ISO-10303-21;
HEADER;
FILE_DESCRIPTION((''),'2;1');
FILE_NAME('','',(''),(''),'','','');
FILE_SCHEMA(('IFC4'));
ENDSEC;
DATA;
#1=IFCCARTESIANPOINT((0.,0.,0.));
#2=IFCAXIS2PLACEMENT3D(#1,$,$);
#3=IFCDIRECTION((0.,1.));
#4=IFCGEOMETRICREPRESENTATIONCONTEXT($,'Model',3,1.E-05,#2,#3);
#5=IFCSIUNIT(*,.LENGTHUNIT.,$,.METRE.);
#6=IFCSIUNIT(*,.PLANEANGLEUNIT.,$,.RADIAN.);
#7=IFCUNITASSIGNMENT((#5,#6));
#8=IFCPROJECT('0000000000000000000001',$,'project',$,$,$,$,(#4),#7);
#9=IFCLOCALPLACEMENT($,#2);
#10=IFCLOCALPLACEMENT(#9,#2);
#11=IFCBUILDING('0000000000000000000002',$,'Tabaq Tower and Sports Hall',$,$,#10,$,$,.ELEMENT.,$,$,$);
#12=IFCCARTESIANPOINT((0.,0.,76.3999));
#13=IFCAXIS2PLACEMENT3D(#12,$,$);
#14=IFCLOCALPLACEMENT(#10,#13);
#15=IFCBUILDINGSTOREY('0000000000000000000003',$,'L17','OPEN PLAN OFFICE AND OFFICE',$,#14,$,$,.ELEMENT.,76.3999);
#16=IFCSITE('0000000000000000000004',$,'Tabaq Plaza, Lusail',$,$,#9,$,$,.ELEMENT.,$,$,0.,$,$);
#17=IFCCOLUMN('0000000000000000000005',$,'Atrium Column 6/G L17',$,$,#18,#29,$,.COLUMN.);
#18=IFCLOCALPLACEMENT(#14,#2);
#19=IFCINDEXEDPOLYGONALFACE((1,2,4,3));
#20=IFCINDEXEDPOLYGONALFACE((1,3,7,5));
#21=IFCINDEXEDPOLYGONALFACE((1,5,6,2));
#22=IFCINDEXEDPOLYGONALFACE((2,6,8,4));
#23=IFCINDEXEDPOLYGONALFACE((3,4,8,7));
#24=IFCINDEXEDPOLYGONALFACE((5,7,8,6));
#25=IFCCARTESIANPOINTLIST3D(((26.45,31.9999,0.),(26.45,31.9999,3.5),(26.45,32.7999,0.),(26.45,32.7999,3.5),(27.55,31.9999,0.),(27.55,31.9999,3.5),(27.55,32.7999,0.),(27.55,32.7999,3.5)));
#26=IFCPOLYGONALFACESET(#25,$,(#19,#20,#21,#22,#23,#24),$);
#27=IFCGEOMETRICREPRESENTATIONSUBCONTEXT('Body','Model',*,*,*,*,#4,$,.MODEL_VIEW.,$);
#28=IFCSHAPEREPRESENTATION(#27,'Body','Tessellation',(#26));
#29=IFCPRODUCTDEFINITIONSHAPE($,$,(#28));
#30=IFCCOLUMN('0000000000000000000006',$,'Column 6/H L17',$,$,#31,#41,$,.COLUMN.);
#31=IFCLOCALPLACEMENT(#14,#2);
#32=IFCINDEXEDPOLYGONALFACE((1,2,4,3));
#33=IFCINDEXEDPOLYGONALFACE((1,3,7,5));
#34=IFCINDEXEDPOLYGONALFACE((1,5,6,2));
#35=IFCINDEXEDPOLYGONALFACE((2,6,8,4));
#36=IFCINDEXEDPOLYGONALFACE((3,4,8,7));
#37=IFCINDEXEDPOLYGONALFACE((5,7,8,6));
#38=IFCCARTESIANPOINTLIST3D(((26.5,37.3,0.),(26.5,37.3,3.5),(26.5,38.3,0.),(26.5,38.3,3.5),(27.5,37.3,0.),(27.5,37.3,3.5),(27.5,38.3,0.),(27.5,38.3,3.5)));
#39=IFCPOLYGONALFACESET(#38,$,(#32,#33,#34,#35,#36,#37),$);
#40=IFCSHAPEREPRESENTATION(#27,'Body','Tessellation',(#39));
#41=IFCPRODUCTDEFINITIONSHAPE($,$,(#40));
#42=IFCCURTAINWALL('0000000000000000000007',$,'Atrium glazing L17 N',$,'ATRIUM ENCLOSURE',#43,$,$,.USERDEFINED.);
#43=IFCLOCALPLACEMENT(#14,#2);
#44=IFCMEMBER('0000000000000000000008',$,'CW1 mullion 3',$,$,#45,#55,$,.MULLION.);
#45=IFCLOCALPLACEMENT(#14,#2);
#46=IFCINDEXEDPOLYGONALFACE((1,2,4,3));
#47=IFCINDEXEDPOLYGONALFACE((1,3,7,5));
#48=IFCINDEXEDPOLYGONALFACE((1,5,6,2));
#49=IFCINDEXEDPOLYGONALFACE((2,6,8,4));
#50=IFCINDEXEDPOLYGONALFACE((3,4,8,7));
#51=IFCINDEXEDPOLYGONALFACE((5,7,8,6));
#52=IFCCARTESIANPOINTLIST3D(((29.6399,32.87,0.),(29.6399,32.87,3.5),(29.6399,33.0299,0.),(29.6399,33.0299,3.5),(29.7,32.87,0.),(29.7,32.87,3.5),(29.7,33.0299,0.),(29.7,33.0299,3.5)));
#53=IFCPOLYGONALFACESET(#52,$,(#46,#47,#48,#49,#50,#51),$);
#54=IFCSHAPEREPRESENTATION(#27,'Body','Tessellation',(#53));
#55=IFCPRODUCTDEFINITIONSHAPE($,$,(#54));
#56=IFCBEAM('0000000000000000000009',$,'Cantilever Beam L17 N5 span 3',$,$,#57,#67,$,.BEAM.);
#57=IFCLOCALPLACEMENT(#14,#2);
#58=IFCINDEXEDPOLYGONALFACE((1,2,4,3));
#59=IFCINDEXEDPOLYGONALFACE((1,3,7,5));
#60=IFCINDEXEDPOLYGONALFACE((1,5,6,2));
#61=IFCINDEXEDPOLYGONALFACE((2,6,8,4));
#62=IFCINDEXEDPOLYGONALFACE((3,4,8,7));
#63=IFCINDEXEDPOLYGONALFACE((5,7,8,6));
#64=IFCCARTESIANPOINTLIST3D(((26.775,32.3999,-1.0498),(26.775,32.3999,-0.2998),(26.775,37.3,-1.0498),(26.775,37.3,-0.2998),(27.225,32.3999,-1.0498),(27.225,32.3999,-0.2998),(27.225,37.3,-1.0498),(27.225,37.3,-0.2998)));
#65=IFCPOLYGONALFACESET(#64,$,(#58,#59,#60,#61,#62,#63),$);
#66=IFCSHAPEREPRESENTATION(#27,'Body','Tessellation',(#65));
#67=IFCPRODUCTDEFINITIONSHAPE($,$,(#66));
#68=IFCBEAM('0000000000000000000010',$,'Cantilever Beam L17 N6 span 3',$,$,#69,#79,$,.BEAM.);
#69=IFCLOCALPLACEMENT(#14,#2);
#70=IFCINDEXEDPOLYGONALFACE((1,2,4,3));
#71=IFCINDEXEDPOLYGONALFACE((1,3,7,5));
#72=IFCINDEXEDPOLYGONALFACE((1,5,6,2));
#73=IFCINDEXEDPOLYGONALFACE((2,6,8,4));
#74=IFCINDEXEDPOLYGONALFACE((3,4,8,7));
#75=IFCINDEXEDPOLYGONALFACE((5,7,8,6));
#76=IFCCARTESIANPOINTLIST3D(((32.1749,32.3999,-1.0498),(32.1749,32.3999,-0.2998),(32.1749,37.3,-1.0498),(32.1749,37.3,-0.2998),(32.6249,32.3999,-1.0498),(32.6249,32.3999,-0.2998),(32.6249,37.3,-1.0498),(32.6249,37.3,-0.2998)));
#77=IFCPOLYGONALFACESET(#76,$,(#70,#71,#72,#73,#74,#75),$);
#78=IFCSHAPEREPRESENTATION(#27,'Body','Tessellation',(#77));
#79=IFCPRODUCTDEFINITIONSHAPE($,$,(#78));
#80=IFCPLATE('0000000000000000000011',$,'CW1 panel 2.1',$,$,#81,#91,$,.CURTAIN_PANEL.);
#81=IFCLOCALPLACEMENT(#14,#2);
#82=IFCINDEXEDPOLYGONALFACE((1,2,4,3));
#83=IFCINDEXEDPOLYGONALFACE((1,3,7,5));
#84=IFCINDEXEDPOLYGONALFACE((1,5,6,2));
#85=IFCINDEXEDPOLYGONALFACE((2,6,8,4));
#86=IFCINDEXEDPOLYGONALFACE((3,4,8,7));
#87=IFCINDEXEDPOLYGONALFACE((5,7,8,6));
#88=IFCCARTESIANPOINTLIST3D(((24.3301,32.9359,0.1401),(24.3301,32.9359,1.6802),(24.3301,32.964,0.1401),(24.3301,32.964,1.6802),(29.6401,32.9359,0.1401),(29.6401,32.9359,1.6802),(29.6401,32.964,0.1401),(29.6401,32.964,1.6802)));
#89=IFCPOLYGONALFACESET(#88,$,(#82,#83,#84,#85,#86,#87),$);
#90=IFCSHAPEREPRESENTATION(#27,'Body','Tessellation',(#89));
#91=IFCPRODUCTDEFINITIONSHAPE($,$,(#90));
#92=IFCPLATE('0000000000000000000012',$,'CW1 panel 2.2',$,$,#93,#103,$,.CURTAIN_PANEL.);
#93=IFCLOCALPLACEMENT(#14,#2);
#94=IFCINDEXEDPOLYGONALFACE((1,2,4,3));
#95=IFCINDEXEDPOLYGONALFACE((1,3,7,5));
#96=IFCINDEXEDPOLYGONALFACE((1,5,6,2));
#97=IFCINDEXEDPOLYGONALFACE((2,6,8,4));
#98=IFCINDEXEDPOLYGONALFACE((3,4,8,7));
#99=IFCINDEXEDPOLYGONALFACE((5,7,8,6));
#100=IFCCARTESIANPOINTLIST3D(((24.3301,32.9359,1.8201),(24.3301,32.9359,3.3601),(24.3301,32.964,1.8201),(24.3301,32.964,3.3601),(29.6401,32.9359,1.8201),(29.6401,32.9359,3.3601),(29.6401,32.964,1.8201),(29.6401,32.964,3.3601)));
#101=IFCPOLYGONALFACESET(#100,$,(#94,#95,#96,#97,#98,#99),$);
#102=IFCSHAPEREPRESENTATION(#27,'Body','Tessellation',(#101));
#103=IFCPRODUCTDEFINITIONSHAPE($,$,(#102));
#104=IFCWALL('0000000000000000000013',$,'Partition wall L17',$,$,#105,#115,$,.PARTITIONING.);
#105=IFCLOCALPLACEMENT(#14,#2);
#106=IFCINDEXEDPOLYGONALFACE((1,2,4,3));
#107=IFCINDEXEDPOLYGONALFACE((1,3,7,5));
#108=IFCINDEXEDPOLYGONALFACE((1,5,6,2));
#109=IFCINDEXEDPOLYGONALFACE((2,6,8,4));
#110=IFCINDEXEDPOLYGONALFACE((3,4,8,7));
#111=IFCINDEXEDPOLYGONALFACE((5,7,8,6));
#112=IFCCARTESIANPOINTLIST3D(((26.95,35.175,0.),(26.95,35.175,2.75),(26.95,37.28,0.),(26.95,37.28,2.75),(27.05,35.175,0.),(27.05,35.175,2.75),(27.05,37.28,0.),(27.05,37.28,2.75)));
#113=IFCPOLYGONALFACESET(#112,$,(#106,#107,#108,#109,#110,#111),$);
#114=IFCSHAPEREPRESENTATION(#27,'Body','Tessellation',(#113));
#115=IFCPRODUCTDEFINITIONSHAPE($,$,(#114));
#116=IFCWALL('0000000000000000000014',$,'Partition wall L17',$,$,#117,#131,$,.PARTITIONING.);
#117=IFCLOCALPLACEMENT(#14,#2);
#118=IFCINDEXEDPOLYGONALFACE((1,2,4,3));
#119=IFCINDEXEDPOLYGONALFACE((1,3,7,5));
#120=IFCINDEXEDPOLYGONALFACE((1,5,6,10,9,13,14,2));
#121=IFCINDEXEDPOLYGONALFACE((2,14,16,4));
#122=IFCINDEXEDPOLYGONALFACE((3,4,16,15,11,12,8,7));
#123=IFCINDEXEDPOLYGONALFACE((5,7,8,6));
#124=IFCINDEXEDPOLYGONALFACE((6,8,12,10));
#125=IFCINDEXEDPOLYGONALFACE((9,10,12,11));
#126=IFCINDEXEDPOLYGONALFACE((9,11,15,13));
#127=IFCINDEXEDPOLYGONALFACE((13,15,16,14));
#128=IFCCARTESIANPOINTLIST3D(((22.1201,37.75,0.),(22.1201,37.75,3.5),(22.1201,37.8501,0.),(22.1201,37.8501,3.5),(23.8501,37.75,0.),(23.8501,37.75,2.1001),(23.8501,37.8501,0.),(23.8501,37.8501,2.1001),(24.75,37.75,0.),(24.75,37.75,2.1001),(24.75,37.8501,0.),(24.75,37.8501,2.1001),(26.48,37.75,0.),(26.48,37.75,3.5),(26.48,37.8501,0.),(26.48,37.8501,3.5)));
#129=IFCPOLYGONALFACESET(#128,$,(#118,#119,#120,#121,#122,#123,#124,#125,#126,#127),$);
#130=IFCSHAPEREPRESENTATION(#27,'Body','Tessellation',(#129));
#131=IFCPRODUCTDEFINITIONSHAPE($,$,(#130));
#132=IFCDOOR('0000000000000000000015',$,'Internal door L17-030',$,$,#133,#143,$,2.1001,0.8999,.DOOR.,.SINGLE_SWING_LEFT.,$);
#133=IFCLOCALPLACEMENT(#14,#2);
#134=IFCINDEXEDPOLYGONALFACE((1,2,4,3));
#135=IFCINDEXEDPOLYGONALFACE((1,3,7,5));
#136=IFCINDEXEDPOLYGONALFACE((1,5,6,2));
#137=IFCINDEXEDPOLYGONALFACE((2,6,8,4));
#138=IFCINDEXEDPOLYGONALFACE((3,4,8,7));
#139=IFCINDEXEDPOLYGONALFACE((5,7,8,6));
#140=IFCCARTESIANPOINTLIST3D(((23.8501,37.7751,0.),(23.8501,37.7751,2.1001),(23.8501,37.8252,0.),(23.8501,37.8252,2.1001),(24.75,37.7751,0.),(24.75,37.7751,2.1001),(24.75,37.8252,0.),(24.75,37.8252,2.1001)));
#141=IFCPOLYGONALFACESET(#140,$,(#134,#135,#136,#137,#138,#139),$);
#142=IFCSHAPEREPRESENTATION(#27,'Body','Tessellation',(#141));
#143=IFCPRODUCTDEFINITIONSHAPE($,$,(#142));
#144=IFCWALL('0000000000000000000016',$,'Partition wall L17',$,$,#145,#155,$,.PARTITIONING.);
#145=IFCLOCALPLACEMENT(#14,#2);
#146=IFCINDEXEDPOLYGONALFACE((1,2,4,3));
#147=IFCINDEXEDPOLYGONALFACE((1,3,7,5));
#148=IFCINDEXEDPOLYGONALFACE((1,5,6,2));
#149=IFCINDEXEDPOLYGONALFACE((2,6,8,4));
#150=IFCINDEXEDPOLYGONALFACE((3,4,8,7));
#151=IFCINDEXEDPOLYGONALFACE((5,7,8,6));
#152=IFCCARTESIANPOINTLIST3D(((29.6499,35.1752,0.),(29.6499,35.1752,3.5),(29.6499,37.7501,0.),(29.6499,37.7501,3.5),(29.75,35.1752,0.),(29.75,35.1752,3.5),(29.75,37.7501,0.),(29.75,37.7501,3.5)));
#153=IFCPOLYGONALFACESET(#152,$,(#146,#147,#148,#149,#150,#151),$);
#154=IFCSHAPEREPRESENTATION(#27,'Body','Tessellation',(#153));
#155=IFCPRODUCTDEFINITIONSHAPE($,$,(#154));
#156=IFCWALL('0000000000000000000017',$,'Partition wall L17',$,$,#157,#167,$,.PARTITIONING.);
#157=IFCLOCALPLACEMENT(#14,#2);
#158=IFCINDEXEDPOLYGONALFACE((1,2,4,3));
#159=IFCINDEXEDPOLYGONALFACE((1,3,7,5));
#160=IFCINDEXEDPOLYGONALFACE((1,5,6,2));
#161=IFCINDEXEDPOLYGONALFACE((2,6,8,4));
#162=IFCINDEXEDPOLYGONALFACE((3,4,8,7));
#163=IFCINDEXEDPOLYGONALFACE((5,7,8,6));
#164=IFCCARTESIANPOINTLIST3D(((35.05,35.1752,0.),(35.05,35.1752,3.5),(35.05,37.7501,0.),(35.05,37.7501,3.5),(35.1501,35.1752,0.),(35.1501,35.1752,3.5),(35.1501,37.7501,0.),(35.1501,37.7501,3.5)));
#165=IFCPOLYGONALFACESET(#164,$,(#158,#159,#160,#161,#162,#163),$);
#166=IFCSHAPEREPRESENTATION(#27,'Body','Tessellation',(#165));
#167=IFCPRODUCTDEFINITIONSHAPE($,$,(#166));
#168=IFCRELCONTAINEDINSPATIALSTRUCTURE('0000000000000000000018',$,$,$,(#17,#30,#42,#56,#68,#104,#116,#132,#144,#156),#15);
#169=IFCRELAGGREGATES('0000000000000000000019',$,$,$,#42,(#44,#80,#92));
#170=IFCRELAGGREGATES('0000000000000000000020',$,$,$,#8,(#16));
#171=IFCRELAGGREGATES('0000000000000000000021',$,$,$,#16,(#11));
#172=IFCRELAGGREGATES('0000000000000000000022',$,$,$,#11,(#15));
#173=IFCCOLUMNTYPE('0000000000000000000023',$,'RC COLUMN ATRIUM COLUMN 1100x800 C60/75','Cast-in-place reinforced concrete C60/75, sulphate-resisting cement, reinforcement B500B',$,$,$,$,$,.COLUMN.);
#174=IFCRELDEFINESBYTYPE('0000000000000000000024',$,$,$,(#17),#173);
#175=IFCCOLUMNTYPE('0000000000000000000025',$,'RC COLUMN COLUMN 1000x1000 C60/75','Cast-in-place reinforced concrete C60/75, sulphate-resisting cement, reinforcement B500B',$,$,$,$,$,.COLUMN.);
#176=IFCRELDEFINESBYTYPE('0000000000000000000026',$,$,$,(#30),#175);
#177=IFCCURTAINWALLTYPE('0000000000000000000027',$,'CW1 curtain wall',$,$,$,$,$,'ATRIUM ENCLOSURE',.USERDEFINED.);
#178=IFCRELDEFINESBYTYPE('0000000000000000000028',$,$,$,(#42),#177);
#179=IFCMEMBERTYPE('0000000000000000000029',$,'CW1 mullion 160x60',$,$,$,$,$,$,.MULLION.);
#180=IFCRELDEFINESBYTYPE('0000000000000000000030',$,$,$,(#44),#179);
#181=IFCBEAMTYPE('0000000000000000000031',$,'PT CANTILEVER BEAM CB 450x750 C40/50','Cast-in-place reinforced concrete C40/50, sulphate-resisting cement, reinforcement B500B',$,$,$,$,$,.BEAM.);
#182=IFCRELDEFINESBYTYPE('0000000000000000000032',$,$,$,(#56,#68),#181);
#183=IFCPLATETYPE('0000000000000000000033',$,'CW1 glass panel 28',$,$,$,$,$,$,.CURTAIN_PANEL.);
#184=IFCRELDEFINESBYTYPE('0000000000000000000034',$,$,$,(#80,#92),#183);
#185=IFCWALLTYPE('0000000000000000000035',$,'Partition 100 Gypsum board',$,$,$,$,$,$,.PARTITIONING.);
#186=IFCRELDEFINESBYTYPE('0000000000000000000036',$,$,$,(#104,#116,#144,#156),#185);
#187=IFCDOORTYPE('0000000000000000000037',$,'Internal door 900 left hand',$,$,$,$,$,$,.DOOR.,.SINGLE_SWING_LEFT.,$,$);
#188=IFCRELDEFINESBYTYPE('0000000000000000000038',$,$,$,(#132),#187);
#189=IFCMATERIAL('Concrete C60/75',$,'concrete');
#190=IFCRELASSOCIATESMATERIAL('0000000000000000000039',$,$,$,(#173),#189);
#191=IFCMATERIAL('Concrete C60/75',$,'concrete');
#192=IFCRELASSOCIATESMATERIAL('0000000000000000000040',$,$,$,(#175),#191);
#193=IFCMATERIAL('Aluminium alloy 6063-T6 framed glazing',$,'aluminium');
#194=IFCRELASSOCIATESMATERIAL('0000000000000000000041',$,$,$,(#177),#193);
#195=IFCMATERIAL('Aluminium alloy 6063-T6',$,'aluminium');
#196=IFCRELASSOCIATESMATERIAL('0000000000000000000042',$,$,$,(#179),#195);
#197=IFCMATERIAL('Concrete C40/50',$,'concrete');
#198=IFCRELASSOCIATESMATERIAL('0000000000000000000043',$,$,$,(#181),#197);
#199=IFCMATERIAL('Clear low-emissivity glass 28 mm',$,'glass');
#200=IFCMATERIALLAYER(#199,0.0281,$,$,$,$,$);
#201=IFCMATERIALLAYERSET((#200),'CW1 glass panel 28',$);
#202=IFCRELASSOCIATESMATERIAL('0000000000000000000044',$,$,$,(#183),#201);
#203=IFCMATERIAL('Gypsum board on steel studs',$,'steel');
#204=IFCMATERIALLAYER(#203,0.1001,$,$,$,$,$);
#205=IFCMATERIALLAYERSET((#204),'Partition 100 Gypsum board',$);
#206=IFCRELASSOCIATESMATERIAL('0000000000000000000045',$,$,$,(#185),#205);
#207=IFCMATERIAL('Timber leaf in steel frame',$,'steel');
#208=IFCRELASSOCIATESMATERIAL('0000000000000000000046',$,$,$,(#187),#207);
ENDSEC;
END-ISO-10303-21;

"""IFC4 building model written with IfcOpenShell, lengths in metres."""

from ifc_helpers import new_model, si_unit, direction, frame, frame_2d, origin, origin_2d, place, context, subcontext, project, spatial, rectangle, extrude, material, layer, layer_set, material_profile, profile_set, type_object, element, fill, aggregate, save


model = new_model("IFC4")

# Units and contexts
model_context = context("Model", 3, precision=1e-05, world=origin(), true_north=direction((0.0, 1.0)))
body_context = subcontext(model_context, "Body", "Model", "MODEL_VIEW")
ifc_project = project(units=[si_unit("LENGTHUNIT", "METRE"), si_unit("PLANEANGLEUNIT", "RADIAN")], contexts=[model_context])

# Site, building, storey
site_placement = place(None, origin())
site = spatial("IfcSite", under=ifc_project, at=site_placement, Name="Tabaq Plaza, Lusail", CompositionType="ELEMENT", RefElevation=0.0)
building_placement = place(site_placement, origin())
building = spatial("IfcBuilding", under=site, at=building_placement, Name="Tabaq Tower and Sports Hall", CompositionType="ELEMENT")
storey_placement = place(building_placement, frame((0.0, 0.0, 76.3999)))
storey = spatial("IfcBuildingStorey", under=building, at=storey_placement, Name="L17", Description="OPEN PLAN OFFICE AND OFFICE", CompositionType="ELEMENT", Elevation=76.3999)

# Columns
ifc_material_1 = material(Name="Concrete C60/75", Category="concrete")
ifc_material_profile_1 = material_profile(ifc_material_1, rectangle(XDim=1.1001, YDim=0.8, at=origin_2d()), Name="ATRIUM COLUMN 1100x800")
ifc_profile_set_1 = profile_set([ifc_material_profile_1], Name="Concrete C60/75")
column_type_1 = type_object("IfcColumnType", Name="RC COLUMN ATRIUM COLUMN 1100x800 C60/75", Description="Cast-in-place reinforced concrete C60/75, sulphate-resisting cement, reinforcement B500B", PredefinedType="COLUMN", material=ifc_profile_set_1)
column_1_placement = place(storey_placement, frame((27.0, 32.3999, 0.0), z_axis=(0.0, 0.0, 1.0), x_axis=(1.0, 0.0, 0.0)))
element("IfcColumn", 1, at=column_1_placement, inside=storey, type_object=column_type_1, Name="Atrium Column 6/G L17", PredefinedType="COLUMN", context=body_context, shape_type="SweptSolid", body=[
    extrude(rectangle(XDim=1.1001, YDim=0.8, at=origin_2d()), origin(), (0.0, 0.0, 1.0), 3.5),
])
ifc_material_2 = material(Name="Concrete C60/75", Category="concrete")
ifc_material_profile_2 = material_profile(ifc_material_2, rectangle(XDim=1.0, YDim=1.0, at=origin_2d()), Name="COLUMN 1000x1000")
ifc_profile_set_2 = profile_set([ifc_material_profile_2], Name="Concrete C60/75")
column_type_2 = type_object("IfcColumnType", Name="RC COLUMN COLUMN 1000x1000 C60/75", Description="Cast-in-place reinforced concrete C60/75, sulphate-resisting cement, reinforcement B500B", PredefinedType="COLUMN", material=ifc_profile_set_2)
column_2_placement = place(storey_placement, frame((27.0, 37.8, 0.0), z_axis=(0.0, 0.0, 1.0), x_axis=(1.0, 0.0, 0.0)))
element("IfcColumn", 2, at=column_2_placement, inside=storey, type_object=column_type_2, Name="Column 6/H L17", PredefinedType="COLUMN", context=body_context, shape_type="SweptSolid", body=[
    extrude(rectangle(XDim=1.0, YDim=1.0, at=origin_2d()), origin(), (0.0, 0.0, 1.0), 3.5),
])

# Curtain wall, member
ifc_material_3 = material(Name="Aluminium alloy 6063-T6 framed glazing", Category="aluminium")
curtain_wall_type = type_object("IfcCurtainWallType", Name="CW1 curtain wall", ElementType="ATRIUM ENCLOSURE", PredefinedType="USERDEFINED", material=ifc_material_3)
curtain_wall_placement = place(storey_placement, origin())
curtain_wall = element("IfcCurtainWall", 3, at=curtain_wall_placement, inside=storey, type_object=curtain_wall_type, Name="Atrium glazing L17 N", ObjectType="ATRIUM ENCLOSURE", PredefinedType="USERDEFINED")
ifc_material_4 = material(Name="Aluminium alloy 6063-T6", Category="aluminium")
ifc_material_profile_3 = material_profile(ifc_material_4, rectangle(XDim=0.1599, YDim=0.0601, at=origin_2d()), Name="MULLION 160x60")
ifc_profile_set_3 = profile_set([ifc_material_profile_3], Name="Aluminium alloy 6063-T6")
member_type = type_object("IfcMemberType", Name="CW1 mullion 160x60", PredefinedType="MULLION", material=ifc_profile_set_3)
member_placement = place(storey_placement, frame((29.6699, 32.95, 0.0), z_axis=(0.0, 0.0, 1.0), x_axis=(0.0, 1.0, 0.0)))
member = element("IfcMember", 4, at=member_placement, type_object=member_type, Name="CW1 mullion 3", PredefinedType="MULLION", context=body_context, shape_type="SweptSolid", body=[
    extrude(rectangle(XDim=0.1599, YDim=0.0601, at=origin_2d()), origin(), (0.0, 0.0, 1.0), 3.5),
])

# Beams
ifc_material_5 = material(Name="Concrete C40/50", Category="concrete")
ifc_material_profile_4 = material_profile(ifc_material_5, rectangle(XDim=0.45, YDim=0.75, at=origin_2d()), Name="CB 450x750")
ifc_profile_set_4 = profile_set([ifc_material_profile_4], Name="Concrete C40/50")
beam_type = type_object("IfcBeamType", Name="PT CANTILEVER BEAM CB 450x750 C40/50", Description="Cast-in-place reinforced concrete C40/50, sulphate-resisting cement, reinforcement B500B", PredefinedType="BEAM", material=ifc_profile_set_4)
for number, where, z_axis, x_axis, name in (
    (5, (27.0, 37.3, -0.6748), (0.0, -1.0, 0.0), (1.0, 0.0, 0.0), "Cantilever Beam L17 N5 span 3"),
    (6, (32.3999, 37.3, -0.6748), (0.0, -1.0, 0.0), (1.0, 0.0, 0.0), "Cantilever Beam L17 N6 span 3"),
):
    element("IfcBeam", number, at=place(storey_placement, frame(where, z_axis=z_axis, x_axis=x_axis)), inside=storey, type_object=beam_type, Name=name, PredefinedType="BEAM", context=body_context, shape_type="SweptSolid", body=[
        extrude(rectangle(XDim=0.45, YDim=0.75, at=origin_2d()), origin(), (0.0, 0.0, 1.0), 4.9001),
    ])

# Plates
ifc_material_6 = material(Name="Clear low-emissivity glass 28 mm", Category="glass")
ifc_layer_1 = layer(ifc_material_6, 0.0281)
ifc_layer_set_1 = layer_set([ifc_layer_1], Name="CW1 glass panel 28")
plate_type = type_object("IfcPlateType", Name="CW1 glass panel 28", PredefinedType="CURTAIN_PANEL", material=ifc_layer_set_1)
plate_1_placement = place(storey_placement, frame((26.9851, 32.95, 0.1401), z_axis=(0.0, 0.0, 1.0), x_axis=(1.0, 0.0, 0.0)))
plate_1 = element("IfcPlate", 7, at=plate_1_placement, type_object=plate_type, Name="CW1 panel 2.1", PredefinedType="CURTAIN_PANEL", context=body_context, shape_type="SweptSolid", body=[
    extrude(rectangle(XDim=5.3101, YDim=0.0281, at=origin_2d()), origin(), (0.0, 0.0, 1.0), 1.54),
])
plate_2_placement = place(storey_placement, frame((26.9851, 32.95, 1.8201), z_axis=(0.0, 0.0, 1.0), x_axis=(1.0, 0.0, 0.0)))
plate_2 = element("IfcPlate", 8, at=plate_2_placement, type_object=plate_type, Name="CW1 panel 2.2", PredefinedType="CURTAIN_PANEL", context=body_context, shape_type="SweptSolid", body=[
    extrude(rectangle(XDim=5.3101, YDim=0.0281, at=origin_2d()), origin(), (0.0, 0.0, 1.0), 1.54),
])
aggregate(curtain_wall, [member, plate_1, plate_2])

# Wall
ifc_material_7 = material(Name="Gypsum board on steel studs", Category="steel")
ifc_layer_2 = layer(ifc_material_7, 0.1001)
ifc_layer_set_2 = layer_set([ifc_layer_2], Name="Partition 100 Gypsum board")
wall_type_1 = type_object("IfcWallType", Name="Partition 100 Gypsum board", PredefinedType="PARTITIONING", material=ifc_layer_set_2)
wall_1_placement = place(storey_placement, frame((27.0, 35.175, 0.0), z_axis=(0.0, 0.0, 1.0), x_axis=(0.0, 1.0, 0.0)))
element("IfcWall", 9, at=wall_1_placement, inside=storey, type_object=wall_type_1, Name="Partition wall L17", PredefinedType="PARTITIONING", context=body_context, shape_type="SweptSolid", body=[
    extrude(rectangle(XDim=2.105, YDim=0.1001, at=frame_2d((1.0525, 0.0))), origin(), (0.0, 0.0, 1.0), 2.75),
])

# Wall, opening, door
wall_2_placement = place(storey_placement, frame((26.48, 37.8, 0.0), z_axis=(0.0, 0.0, 1.0), x_axis=(-1.0, 0.0, 0.0)))
wall_2 = element("IfcWall", 10, at=wall_2_placement, inside=storey, type_object=wall_type_1, Name="Partition wall L17", PredefinedType="PARTITIONING", context=body_context, shape_type="SweptSolid", body=[
    extrude(rectangle(XDim=4.3599, YDim=0.1001, at=frame_2d((2.1799, 0.0))), origin(), (0.0, 0.0, 1.0), 3.5),
])
opening_1_placement = place(wall_2_placement, frame((1.73, 0.0, 0.0)))
opening_1 = element("IfcOpeningElement", 11, at=opening_1_placement, cuts=wall_2, PredefinedType="OPENING", context=body_context, shape_type="SweptSolid", body=[
    extrude(rectangle(XDim=0.8999, YDim=2.1001, at=frame_2d((0.45, 1.05))), frame((0.0, 0.05, 0.0), z_axis=(0.0, -1.0, 0.0), x_axis=(1.0, 0.0, 0.0)), (0.0, 0.0, 1.0), 0.1001),
])
ifc_material_8 = material(Name="Timber leaf in steel frame", Category="steel")
door_type_1 = type_object("IfcDoorType", Name="Internal door 900 left hand", OperationType="SINGLE_SWING_LEFT", PredefinedType="DOOR", material=ifc_material_8)
door_1_placement = place(opening_1_placement, origin())
door_1 = element("IfcDoor", 12, at=door_1_placement, inside=storey, type_object=door_type_1, Name="Internal door L17-030", OperationType="SINGLE_SWING_LEFT", OverallHeight=2.1001, OverallWidth=0.8999, PredefinedType="DOOR", context=body_context, shape_type="SweptSolid", body=[
    extrude(rectangle(XDim=0.8999, YDim=2.1001, at=frame_2d((0.45, 1.05))), frame((0.0, 0.0249, 0.0), z_axis=(0.0, -1.0, 0.0), x_axis=(1.0, 0.0, 0.0)), (0.0, 0.0, 1.0), 0.05),
])
fill(opening_1, door_1)

# Walls
for number, where, z_axis, x_axis, name in (
    (13, (29.7, 35.175, 0.0), (0.0, 0.0, 1.0), (0.0, 1.0, 0.0), "Partition wall L17"),
    (14, (35.1001, 35.175, 0.0), (0.0, 0.0, 1.0), (0.0, 1.0, 0.0), "Partition wall L17"),
):
    element("IfcWall", number, at=place(storey_placement, frame(where, z_axis=z_axis, x_axis=x_axis)), inside=storey, type_object=wall_type_1, Name=name, PredefinedType="PARTITIONING", context=body_context, shape_type="SweptSolid", body=[
        extrude(rectangle(XDim=2.575, YDim=0.1001, at=frame_2d((1.2876, 0.0))), origin(), (0.0, 0.0, 1.0), 3.5),
    ])

save(model, "model.ifc")
